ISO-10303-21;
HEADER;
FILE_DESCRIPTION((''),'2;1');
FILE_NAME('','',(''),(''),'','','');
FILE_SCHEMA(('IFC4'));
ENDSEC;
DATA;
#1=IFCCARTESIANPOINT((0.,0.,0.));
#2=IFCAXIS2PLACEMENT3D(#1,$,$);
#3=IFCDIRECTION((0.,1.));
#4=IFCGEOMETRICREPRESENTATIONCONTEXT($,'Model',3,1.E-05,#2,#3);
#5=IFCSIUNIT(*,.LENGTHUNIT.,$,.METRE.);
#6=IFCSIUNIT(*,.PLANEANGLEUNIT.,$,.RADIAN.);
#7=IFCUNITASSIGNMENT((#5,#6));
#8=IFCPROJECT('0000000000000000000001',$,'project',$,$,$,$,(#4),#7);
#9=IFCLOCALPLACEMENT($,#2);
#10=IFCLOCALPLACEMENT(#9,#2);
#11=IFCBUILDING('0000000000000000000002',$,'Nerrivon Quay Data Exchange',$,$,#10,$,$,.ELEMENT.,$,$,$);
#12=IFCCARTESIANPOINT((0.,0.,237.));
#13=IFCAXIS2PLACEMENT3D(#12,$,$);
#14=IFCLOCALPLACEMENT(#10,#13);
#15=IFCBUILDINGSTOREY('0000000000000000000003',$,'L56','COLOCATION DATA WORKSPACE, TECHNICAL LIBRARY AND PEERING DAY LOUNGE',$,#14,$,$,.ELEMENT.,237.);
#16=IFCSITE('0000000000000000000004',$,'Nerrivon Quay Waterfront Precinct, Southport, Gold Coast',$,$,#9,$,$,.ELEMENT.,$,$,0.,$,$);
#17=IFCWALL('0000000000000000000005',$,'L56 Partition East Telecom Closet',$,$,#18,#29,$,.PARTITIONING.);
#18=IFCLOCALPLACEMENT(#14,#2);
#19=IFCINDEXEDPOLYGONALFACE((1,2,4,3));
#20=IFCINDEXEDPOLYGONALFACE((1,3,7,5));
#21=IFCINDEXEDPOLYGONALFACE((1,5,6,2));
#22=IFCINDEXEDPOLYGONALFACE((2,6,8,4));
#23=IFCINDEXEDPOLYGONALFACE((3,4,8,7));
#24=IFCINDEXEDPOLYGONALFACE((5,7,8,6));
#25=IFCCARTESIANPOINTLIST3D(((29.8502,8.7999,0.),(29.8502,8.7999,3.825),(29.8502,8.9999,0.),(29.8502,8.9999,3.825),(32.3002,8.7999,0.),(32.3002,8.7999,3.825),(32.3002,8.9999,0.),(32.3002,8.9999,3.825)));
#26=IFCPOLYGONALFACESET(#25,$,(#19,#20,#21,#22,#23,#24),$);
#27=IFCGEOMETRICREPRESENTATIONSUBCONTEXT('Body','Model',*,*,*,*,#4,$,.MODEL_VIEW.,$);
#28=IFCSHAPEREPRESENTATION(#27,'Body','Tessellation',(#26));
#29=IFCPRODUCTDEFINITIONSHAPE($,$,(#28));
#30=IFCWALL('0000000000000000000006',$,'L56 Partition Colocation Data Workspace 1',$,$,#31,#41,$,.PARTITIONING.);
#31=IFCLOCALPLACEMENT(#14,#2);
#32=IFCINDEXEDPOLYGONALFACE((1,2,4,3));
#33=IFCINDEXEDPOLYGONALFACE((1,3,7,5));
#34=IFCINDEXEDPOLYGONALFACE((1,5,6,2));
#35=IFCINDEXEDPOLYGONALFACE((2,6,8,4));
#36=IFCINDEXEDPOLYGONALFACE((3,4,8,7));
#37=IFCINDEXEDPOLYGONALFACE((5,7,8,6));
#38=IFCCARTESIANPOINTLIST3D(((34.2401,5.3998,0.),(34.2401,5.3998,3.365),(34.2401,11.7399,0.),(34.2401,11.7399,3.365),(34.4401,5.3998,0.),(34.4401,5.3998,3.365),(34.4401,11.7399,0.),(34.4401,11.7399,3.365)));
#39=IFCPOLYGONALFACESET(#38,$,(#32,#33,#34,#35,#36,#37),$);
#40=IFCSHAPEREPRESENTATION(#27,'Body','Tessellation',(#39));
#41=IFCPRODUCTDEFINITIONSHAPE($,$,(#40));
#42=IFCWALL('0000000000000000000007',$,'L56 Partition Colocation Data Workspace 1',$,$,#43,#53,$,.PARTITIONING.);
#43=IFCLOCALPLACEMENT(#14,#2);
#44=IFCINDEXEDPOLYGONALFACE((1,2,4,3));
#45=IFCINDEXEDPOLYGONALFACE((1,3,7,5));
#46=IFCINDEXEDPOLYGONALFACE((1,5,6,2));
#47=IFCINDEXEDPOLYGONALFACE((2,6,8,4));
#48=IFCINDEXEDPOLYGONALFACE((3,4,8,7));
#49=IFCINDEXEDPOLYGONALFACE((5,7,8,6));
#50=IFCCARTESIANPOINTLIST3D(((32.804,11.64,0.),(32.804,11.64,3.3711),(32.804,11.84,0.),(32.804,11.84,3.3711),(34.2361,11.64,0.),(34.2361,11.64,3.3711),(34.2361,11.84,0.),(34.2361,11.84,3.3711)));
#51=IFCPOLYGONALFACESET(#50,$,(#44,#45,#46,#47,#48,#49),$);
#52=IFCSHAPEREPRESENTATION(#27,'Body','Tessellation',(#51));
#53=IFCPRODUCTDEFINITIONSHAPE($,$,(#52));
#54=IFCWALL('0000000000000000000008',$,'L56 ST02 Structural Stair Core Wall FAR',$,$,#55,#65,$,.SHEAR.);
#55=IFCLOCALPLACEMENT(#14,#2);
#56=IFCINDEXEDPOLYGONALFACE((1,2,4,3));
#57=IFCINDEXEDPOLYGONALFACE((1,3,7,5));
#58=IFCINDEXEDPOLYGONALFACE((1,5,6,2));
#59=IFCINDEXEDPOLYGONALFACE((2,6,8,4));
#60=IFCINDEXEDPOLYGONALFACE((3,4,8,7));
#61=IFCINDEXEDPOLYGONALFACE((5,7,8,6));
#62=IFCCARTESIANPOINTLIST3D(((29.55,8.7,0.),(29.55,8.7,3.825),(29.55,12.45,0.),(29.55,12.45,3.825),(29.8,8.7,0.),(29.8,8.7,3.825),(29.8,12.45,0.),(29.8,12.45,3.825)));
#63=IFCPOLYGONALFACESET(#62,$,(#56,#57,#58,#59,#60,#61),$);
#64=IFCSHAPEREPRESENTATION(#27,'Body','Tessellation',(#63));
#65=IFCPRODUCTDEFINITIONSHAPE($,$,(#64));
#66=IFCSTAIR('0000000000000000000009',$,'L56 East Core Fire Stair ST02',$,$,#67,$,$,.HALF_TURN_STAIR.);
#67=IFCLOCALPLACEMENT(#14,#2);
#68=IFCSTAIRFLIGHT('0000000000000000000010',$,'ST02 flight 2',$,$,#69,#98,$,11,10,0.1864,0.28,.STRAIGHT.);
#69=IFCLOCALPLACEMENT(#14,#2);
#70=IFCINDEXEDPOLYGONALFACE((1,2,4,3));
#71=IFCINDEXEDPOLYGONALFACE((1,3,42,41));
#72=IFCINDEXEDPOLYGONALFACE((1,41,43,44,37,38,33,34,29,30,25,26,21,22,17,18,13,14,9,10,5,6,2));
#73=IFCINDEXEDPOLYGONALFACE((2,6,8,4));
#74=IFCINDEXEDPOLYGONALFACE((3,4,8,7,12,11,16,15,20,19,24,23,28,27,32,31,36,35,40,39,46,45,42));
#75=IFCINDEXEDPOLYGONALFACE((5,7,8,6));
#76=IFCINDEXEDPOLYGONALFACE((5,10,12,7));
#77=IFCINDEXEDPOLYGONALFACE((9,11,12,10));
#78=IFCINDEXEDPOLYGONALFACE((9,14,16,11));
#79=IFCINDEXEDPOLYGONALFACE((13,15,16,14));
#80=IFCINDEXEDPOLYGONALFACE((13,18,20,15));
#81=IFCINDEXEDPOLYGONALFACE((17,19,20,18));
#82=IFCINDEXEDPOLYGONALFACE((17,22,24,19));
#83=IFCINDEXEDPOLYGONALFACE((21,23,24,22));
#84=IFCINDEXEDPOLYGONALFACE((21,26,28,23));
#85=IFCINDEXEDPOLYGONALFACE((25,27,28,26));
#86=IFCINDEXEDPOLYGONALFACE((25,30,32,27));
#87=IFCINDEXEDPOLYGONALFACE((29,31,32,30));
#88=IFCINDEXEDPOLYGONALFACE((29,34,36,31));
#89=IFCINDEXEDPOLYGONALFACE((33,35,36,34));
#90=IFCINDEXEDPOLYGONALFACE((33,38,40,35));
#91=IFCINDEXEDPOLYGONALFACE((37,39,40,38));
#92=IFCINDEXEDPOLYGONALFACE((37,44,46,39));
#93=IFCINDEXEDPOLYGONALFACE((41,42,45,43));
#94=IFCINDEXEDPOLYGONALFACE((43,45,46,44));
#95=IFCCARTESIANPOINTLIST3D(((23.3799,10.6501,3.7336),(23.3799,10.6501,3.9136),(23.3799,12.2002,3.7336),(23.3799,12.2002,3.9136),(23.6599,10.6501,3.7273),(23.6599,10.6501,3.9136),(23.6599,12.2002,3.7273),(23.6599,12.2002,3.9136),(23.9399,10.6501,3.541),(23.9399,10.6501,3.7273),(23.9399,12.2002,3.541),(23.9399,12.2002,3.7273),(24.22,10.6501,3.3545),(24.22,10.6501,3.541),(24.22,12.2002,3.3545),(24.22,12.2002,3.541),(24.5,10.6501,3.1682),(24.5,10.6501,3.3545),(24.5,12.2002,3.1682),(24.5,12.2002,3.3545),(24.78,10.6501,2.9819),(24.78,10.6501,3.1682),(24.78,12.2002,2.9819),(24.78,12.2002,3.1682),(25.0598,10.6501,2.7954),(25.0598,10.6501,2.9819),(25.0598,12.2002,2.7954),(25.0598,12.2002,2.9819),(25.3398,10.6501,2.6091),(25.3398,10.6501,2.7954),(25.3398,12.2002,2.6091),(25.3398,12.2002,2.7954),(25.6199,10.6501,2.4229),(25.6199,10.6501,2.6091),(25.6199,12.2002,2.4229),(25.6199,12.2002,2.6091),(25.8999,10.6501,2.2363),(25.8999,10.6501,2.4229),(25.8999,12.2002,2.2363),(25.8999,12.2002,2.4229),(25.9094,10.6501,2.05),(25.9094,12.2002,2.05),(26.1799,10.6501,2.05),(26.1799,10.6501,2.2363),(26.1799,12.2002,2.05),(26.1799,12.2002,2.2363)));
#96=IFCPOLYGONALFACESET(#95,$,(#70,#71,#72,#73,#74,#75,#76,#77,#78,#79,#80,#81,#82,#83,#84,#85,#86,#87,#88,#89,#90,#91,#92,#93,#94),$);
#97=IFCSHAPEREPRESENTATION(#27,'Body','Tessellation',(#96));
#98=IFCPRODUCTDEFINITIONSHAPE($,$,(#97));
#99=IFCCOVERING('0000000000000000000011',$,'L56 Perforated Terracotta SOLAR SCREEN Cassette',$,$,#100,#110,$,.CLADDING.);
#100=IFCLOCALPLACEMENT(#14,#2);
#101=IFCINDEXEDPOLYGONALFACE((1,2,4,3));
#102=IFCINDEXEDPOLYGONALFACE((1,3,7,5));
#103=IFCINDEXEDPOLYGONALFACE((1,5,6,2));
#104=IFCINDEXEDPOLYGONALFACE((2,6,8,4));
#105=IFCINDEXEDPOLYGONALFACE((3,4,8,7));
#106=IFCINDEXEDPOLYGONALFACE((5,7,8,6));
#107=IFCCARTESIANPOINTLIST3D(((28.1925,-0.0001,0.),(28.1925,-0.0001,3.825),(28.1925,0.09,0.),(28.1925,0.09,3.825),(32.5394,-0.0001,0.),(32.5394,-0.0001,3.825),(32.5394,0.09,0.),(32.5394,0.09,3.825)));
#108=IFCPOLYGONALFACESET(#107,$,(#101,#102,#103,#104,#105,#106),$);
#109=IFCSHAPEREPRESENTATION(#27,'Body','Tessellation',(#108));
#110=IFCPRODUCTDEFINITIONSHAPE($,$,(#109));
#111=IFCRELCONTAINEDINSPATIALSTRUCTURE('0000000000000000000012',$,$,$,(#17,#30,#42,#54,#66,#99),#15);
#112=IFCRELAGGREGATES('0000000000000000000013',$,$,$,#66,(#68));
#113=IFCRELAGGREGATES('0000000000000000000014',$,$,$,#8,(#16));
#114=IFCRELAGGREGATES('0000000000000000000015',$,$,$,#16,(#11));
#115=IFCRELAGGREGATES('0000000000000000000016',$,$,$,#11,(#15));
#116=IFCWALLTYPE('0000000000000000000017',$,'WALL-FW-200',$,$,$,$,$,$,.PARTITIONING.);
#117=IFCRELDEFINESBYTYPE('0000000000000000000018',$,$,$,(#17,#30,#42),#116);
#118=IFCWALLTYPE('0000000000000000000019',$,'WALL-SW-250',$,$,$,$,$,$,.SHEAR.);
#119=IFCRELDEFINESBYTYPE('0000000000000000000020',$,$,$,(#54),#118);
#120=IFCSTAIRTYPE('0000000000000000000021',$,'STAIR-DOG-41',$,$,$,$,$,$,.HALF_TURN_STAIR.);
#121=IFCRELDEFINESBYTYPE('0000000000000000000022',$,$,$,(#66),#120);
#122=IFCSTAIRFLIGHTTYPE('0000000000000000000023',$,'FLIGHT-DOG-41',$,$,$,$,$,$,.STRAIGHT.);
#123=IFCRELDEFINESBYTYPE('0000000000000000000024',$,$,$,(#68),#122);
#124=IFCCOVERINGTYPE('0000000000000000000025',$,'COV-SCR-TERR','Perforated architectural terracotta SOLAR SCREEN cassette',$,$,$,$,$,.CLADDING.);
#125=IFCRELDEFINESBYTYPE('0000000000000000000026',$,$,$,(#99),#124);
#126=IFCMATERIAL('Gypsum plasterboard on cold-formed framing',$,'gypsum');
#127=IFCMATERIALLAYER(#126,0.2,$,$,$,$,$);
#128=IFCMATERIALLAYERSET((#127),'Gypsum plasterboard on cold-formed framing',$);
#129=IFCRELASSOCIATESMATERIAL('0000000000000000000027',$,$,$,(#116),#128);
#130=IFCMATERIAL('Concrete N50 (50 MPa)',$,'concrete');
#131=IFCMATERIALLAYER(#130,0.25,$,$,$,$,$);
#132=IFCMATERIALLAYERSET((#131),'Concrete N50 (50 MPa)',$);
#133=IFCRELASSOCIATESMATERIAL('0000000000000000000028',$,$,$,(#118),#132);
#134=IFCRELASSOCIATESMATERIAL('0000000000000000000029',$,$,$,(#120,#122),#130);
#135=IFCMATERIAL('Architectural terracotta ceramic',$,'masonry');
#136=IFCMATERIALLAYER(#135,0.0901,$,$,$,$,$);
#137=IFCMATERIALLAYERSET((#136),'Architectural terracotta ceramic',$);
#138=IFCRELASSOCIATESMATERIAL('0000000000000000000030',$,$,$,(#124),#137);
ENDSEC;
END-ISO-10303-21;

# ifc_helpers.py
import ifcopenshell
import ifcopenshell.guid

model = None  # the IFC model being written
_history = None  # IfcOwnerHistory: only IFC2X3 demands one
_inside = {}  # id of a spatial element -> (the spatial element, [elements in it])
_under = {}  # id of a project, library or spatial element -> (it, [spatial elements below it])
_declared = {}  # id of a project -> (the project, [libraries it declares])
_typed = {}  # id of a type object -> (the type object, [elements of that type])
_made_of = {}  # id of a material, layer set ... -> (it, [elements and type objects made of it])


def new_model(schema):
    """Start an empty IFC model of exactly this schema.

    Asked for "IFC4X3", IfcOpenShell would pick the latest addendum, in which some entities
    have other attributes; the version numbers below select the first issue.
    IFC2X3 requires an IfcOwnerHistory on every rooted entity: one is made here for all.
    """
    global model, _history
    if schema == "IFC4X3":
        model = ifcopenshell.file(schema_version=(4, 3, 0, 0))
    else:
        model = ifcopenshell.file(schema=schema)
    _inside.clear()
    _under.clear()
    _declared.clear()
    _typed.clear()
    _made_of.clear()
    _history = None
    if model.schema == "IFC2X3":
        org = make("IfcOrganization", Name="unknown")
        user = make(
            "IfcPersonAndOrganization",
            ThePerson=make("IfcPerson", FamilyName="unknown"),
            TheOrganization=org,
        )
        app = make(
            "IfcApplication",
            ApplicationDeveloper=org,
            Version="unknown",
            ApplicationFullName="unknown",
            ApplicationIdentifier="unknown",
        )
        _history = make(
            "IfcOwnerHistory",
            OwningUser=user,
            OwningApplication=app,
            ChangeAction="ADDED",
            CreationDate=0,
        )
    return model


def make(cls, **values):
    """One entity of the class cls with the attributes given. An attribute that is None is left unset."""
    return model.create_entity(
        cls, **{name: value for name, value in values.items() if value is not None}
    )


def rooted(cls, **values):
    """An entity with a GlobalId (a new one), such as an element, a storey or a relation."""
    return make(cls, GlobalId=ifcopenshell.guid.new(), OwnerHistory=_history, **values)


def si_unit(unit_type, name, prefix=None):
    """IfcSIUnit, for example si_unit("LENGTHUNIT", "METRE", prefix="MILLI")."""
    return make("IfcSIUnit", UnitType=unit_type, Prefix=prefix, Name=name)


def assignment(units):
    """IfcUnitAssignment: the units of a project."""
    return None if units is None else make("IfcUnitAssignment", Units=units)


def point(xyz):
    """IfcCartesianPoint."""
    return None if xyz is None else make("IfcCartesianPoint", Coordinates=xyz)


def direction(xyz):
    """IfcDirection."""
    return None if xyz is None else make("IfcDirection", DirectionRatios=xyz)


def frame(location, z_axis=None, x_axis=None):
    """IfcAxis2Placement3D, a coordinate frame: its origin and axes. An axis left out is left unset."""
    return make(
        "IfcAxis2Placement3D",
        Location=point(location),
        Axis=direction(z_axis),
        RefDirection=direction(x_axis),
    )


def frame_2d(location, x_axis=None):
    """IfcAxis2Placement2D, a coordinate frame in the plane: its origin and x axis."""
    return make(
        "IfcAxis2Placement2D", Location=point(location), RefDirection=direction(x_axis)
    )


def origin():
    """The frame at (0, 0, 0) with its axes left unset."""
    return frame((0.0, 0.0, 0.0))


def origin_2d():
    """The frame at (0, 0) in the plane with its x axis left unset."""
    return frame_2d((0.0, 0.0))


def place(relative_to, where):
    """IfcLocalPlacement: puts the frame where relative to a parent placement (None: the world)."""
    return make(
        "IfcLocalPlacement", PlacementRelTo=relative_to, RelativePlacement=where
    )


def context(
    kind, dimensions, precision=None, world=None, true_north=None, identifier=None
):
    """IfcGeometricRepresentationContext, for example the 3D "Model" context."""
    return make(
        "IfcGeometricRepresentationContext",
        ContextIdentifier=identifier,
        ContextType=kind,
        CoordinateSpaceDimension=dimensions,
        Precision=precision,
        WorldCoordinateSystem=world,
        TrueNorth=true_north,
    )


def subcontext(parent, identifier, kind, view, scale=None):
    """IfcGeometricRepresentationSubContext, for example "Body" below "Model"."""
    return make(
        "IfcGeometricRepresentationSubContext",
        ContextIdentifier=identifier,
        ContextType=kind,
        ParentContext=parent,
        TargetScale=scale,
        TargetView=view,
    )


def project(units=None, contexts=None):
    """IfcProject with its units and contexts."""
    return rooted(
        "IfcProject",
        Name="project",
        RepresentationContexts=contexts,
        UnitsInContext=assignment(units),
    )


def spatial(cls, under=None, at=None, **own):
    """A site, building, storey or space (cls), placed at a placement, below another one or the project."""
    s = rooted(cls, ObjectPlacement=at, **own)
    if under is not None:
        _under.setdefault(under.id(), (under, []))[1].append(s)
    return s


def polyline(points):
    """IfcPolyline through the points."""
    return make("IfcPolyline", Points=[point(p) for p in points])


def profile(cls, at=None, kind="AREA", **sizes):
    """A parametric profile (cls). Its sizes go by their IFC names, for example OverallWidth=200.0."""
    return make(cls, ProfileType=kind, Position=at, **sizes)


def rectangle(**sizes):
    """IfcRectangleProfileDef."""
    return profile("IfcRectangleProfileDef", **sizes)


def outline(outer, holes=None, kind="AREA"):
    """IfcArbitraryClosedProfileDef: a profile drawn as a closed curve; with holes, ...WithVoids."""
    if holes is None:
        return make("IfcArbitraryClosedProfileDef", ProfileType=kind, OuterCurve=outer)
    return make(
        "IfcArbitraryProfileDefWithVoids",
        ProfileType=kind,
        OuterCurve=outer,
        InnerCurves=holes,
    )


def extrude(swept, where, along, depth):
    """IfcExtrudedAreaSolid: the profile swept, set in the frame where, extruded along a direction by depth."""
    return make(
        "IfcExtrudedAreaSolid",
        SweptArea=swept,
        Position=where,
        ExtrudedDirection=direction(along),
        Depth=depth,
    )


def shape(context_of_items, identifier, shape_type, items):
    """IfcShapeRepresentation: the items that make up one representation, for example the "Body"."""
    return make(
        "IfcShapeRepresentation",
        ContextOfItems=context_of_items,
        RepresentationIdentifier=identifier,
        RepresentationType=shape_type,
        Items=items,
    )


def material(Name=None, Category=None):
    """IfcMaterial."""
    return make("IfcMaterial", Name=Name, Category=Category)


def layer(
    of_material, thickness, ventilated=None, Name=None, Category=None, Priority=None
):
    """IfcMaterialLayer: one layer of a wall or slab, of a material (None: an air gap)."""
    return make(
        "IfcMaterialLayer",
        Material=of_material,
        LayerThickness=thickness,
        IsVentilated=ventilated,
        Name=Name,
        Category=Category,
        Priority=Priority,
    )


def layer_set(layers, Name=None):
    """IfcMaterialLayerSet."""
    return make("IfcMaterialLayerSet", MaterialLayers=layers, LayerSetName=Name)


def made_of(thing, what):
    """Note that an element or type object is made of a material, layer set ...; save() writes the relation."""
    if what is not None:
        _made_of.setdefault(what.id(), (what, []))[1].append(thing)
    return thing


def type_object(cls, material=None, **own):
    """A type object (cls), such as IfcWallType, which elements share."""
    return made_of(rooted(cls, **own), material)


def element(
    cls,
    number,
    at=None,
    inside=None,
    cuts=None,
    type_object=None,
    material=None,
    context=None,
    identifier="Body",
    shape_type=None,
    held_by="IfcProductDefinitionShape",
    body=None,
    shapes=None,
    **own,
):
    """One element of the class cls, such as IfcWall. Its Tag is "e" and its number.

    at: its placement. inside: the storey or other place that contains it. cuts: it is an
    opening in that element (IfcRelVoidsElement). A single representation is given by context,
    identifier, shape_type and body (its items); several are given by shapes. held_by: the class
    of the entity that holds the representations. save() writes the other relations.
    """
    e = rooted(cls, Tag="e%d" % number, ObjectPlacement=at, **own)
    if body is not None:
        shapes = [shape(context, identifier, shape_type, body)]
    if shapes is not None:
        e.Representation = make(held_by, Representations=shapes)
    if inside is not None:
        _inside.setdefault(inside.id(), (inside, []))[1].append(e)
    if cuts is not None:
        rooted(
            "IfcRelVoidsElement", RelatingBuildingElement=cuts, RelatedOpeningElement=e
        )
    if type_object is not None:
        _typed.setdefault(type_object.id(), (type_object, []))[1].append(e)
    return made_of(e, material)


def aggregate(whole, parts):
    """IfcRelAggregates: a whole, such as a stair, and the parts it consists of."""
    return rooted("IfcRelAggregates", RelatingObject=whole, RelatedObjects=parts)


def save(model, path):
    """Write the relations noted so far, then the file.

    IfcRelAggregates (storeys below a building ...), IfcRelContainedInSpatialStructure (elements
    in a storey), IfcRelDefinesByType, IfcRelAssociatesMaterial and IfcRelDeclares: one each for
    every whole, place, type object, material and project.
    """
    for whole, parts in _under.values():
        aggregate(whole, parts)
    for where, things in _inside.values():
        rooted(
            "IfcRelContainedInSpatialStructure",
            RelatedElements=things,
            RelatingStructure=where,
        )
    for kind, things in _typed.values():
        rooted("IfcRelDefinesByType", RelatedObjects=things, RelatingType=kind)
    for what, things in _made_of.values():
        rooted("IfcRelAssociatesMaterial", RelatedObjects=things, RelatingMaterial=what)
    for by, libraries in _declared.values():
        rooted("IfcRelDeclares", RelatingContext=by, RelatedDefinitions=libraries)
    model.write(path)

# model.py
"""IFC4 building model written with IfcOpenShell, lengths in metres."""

from ifc_helpers import new_model, si_unit, direction, frame, frame_2d, origin, origin_2d, place, context, subcontext, project, spatial, polyline, rectangle, outline, extrude, material, layer, layer_set, type_object, element, aggregate, save


model = new_model("IFC4")

# Units and contexts
model_context = context("Model", 3, precision=1e-05, world=origin(), true_north=direction((0.0, 1.0)))
body_context = subcontext(model_context, "Body", "Model", "MODEL_VIEW")
ifc_project = project(units=[si_unit("LENGTHUNIT", "METRE"), si_unit("PLANEANGLEUNIT", "RADIAN")], contexts=[model_context])

# Site, building, storey
site_placement = place(None, origin())
site = spatial("IfcSite", under=ifc_project, at=site_placement, Name="Nerrivon Quay Waterfront Precinct, Southport, Gold Coast", CompositionType="ELEMENT", RefElevation=0.0)
building_placement = place(site_placement, origin())
building = spatial("IfcBuilding", under=site, at=building_placement, Name="Nerrivon Quay Data Exchange", CompositionType="ELEMENT")
storey_placement = place(building_placement, frame((0.0, 0.0, 237.0)))
storey = spatial("IfcBuildingStorey", under=building, at=storey_placement, Name="L56", Description="COLOCATION DATA WORKSPACE, TECHNICAL LIBRARY AND PEERING DAY LOUNGE", CompositionType="ELEMENT", Elevation=237.0)

# Shared definitions
ifc_material_1 = material(Name="Concrete N50 (50 MPa)", Category="concrete")

# Shared definitions
ifc_material_2 = material(Name="Gypsum plasterboard on cold-formed framing", Category="gypsum")
ifc_layer_1 = layer(ifc_material_2, 0.2)
ifc_layer_set_1 = layer_set([ifc_layer_1], Name="Gypsum plasterboard on cold-formed framing")
wall_type_1 = type_object("IfcWallType", Name="WALL-FW-200", PredefinedType="PARTITIONING", material=ifc_layer_set_1)

# Walls
wall_1_placement = place(storey_placement, frame((29.8501, 8.8999, 0.0), z_axis=(0.0, 0.0, 1.0), x_axis=(1.0, 0.0, 0.0)))
element("IfcWall", 1, at=wall_1_placement, inside=storey, type_object=wall_type_1, Name="L56 Partition East Telecom Closet", PredefinedType="PARTITIONING", context=body_context, shape_type="SweptSolid", body=[
    extrude(rectangle(XDim=2.45, YDim=0.2, at=frame_2d((1.2251, 0.0))), origin(), (0.0, 0.0, 1.0), 3.825),
])
wall_2_placement = place(storey_placement, frame((34.3401, 5.3999, 0.0), z_axis=(0.0, 0.0, 1.0), x_axis=(0.0, 1.0, 0.0)))
element("IfcWall", 2, at=wall_2_placement, inside=storey, type_object=wall_type_1, Name="L56 Partition Colocation Data Workspace 1", PredefinedType="PARTITIONING", context=body_context, shape_type="SweptSolid", body=[
    extrude(rectangle(XDim=6.3401, YDim=0.2, at=frame_2d((3.1699, 0.0))), origin(), (0.0, 0.0, 1.0), 3.365),
])
wall_3_placement = place(storey_placement, frame((34.2361, 11.74, 0.0), z_axis=(0.0, 0.0, 1.0), x_axis=(-1.0, 0.0, 0.0)))
element("IfcWall", 3, at=wall_3_placement, inside=storey, type_object=wall_type_1, Name="L56 Partition Colocation Data Workspace 1", PredefinedType="PARTITIONING", context=body_context, shape_type="SweptSolid", body=[
    extrude(rectangle(XDim=1.4321, YDim=0.2, at=frame_2d((0.7161, 0.0))), origin(), (0.0, 0.0, 1.0), 3.3711),
])
ifc_layer_2 = layer(ifc_material_1, 0.25)
ifc_layer_set_2 = layer_set([ifc_layer_2], Name="Concrete N50 (50 MPa)")
wall_type_2 = type_object("IfcWallType", Name="WALL-SW-250", PredefinedType="SHEAR", material=ifc_layer_set_2)
wall_4_placement = place(storey_placement, frame((29.675, 8.7, 0.0), z_axis=(0.0, 0.0, 1.0), x_axis=(0.0, 1.0, 0.0)))
element("IfcWall", 4, at=wall_4_placement, inside=storey, type_object=wall_type_2, Name="L56 ST02 Structural Stair Core Wall FAR", PredefinedType="SHEAR", context=body_context, shape_type="SweptSolid", body=[
    extrude(rectangle(XDim=3.75, YDim=0.25, at=frame_2d((1.875, 0.0))), origin(), (0.0, 0.0, 1.0), 3.825),
])

# Stair, stair flight
stair_type = type_object("IfcStairType", Name="STAIR-DOG-41", PredefinedType="HALF_TURN_STAIR", material=ifc_material_1)
stair_placement = place(storey_placement, origin())
stair = element("IfcStair", 5, at=stair_placement, inside=storey, type_object=stair_type, Name="L56 East Core Fire Stair ST02", PredefinedType="HALF_TURN_STAIR")
stair_flight_type = type_object("IfcStairFlightType", Name="FLIGHT-DOG-41", PredefinedType="STRAIGHT", material=ifc_material_1)
stair_flight_placement = place(storey_placement, frame((26.1799, 11.425, 2.05), z_axis=(0.0, 0.0, 1.0), x_axis=(-1.0, 0.0, 0.0)))
stair_flight = element("IfcStairFlight", 6, at=stair_flight_placement, type_object=stair_flight_type, Name="ST02 flight 2", NumberOfRisers=11, NumberOfTreads=10, PredefinedType="STRAIGHT", RiserHeight=0.1864, TreadLength=0.28, context=body_context, shape_type="SweptSolid", body=[
    extrude(outline(polyline([(0.0, 0.0), (0.0, 0.1863), (0.28, 0.1863), (0.28, 0.3728), (0.5601, 0.3728), (0.5601, 0.5591), (0.8401, 0.5591), (0.8401, 0.7454), (1.1201, 0.7454), (1.1201, 0.9319), (1.3999, 0.9319), (1.3999, 1.1182), (1.6799, 1.1182), (1.6799, 1.3044), (1.96, 1.3044), (1.96, 1.491), (2.24, 1.491), (2.24, 1.6772), (2.52, 1.6772), (2.52, 1.8635), (2.8, 1.8635), (2.8, 2.05), (2.8, 1.6836), (0.2705, 0.0), (0.0, 0.0)])), frame((0.0, 0.7749, 0.0), z_axis=(0.0, -1.0, 0.0), x_axis=(1.0, 0.0, 0.0)), (0.0, 0.0, 1.0), 1.55),
])
aggregate(stair, [stair_flight])

# Covering
ifc_material_3 = material(Name="Architectural terracotta ceramic", Category="masonry")
ifc_layer_3 = layer(ifc_material_3, 0.0901)
ifc_layer_set_3 = layer_set([ifc_layer_3], Name="Architectural terracotta ceramic")
covering_type = type_object("IfcCoveringType", Name="COV-SCR-TERR", Description="Perforated architectural terracotta SOLAR SCREEN cassette", PredefinedType="CLADDING", material=ifc_layer_set_3)
covering_placement = place(storey_placement, frame((30.366, 0.0449, 0.0), z_axis=(0.0, 0.0, 1.0), x_axis=(-1.0, 0.0, 0.0)))
element("IfcCovering", 7, at=covering_placement, inside=storey, type_object=covering_type, Name="L56 Perforated Terracotta SOLAR SCREEN Cassette", PredefinedType="CLADDING", context=body_context, shape_type="SweptSolid", body=[
    extrude(rectangle(XDim=4.3469, YDim=0.0901, at=origin_2d()), origin(), (0.0, 0.0, 1.0), 3.825),
])

save(model, "model.ifc")
